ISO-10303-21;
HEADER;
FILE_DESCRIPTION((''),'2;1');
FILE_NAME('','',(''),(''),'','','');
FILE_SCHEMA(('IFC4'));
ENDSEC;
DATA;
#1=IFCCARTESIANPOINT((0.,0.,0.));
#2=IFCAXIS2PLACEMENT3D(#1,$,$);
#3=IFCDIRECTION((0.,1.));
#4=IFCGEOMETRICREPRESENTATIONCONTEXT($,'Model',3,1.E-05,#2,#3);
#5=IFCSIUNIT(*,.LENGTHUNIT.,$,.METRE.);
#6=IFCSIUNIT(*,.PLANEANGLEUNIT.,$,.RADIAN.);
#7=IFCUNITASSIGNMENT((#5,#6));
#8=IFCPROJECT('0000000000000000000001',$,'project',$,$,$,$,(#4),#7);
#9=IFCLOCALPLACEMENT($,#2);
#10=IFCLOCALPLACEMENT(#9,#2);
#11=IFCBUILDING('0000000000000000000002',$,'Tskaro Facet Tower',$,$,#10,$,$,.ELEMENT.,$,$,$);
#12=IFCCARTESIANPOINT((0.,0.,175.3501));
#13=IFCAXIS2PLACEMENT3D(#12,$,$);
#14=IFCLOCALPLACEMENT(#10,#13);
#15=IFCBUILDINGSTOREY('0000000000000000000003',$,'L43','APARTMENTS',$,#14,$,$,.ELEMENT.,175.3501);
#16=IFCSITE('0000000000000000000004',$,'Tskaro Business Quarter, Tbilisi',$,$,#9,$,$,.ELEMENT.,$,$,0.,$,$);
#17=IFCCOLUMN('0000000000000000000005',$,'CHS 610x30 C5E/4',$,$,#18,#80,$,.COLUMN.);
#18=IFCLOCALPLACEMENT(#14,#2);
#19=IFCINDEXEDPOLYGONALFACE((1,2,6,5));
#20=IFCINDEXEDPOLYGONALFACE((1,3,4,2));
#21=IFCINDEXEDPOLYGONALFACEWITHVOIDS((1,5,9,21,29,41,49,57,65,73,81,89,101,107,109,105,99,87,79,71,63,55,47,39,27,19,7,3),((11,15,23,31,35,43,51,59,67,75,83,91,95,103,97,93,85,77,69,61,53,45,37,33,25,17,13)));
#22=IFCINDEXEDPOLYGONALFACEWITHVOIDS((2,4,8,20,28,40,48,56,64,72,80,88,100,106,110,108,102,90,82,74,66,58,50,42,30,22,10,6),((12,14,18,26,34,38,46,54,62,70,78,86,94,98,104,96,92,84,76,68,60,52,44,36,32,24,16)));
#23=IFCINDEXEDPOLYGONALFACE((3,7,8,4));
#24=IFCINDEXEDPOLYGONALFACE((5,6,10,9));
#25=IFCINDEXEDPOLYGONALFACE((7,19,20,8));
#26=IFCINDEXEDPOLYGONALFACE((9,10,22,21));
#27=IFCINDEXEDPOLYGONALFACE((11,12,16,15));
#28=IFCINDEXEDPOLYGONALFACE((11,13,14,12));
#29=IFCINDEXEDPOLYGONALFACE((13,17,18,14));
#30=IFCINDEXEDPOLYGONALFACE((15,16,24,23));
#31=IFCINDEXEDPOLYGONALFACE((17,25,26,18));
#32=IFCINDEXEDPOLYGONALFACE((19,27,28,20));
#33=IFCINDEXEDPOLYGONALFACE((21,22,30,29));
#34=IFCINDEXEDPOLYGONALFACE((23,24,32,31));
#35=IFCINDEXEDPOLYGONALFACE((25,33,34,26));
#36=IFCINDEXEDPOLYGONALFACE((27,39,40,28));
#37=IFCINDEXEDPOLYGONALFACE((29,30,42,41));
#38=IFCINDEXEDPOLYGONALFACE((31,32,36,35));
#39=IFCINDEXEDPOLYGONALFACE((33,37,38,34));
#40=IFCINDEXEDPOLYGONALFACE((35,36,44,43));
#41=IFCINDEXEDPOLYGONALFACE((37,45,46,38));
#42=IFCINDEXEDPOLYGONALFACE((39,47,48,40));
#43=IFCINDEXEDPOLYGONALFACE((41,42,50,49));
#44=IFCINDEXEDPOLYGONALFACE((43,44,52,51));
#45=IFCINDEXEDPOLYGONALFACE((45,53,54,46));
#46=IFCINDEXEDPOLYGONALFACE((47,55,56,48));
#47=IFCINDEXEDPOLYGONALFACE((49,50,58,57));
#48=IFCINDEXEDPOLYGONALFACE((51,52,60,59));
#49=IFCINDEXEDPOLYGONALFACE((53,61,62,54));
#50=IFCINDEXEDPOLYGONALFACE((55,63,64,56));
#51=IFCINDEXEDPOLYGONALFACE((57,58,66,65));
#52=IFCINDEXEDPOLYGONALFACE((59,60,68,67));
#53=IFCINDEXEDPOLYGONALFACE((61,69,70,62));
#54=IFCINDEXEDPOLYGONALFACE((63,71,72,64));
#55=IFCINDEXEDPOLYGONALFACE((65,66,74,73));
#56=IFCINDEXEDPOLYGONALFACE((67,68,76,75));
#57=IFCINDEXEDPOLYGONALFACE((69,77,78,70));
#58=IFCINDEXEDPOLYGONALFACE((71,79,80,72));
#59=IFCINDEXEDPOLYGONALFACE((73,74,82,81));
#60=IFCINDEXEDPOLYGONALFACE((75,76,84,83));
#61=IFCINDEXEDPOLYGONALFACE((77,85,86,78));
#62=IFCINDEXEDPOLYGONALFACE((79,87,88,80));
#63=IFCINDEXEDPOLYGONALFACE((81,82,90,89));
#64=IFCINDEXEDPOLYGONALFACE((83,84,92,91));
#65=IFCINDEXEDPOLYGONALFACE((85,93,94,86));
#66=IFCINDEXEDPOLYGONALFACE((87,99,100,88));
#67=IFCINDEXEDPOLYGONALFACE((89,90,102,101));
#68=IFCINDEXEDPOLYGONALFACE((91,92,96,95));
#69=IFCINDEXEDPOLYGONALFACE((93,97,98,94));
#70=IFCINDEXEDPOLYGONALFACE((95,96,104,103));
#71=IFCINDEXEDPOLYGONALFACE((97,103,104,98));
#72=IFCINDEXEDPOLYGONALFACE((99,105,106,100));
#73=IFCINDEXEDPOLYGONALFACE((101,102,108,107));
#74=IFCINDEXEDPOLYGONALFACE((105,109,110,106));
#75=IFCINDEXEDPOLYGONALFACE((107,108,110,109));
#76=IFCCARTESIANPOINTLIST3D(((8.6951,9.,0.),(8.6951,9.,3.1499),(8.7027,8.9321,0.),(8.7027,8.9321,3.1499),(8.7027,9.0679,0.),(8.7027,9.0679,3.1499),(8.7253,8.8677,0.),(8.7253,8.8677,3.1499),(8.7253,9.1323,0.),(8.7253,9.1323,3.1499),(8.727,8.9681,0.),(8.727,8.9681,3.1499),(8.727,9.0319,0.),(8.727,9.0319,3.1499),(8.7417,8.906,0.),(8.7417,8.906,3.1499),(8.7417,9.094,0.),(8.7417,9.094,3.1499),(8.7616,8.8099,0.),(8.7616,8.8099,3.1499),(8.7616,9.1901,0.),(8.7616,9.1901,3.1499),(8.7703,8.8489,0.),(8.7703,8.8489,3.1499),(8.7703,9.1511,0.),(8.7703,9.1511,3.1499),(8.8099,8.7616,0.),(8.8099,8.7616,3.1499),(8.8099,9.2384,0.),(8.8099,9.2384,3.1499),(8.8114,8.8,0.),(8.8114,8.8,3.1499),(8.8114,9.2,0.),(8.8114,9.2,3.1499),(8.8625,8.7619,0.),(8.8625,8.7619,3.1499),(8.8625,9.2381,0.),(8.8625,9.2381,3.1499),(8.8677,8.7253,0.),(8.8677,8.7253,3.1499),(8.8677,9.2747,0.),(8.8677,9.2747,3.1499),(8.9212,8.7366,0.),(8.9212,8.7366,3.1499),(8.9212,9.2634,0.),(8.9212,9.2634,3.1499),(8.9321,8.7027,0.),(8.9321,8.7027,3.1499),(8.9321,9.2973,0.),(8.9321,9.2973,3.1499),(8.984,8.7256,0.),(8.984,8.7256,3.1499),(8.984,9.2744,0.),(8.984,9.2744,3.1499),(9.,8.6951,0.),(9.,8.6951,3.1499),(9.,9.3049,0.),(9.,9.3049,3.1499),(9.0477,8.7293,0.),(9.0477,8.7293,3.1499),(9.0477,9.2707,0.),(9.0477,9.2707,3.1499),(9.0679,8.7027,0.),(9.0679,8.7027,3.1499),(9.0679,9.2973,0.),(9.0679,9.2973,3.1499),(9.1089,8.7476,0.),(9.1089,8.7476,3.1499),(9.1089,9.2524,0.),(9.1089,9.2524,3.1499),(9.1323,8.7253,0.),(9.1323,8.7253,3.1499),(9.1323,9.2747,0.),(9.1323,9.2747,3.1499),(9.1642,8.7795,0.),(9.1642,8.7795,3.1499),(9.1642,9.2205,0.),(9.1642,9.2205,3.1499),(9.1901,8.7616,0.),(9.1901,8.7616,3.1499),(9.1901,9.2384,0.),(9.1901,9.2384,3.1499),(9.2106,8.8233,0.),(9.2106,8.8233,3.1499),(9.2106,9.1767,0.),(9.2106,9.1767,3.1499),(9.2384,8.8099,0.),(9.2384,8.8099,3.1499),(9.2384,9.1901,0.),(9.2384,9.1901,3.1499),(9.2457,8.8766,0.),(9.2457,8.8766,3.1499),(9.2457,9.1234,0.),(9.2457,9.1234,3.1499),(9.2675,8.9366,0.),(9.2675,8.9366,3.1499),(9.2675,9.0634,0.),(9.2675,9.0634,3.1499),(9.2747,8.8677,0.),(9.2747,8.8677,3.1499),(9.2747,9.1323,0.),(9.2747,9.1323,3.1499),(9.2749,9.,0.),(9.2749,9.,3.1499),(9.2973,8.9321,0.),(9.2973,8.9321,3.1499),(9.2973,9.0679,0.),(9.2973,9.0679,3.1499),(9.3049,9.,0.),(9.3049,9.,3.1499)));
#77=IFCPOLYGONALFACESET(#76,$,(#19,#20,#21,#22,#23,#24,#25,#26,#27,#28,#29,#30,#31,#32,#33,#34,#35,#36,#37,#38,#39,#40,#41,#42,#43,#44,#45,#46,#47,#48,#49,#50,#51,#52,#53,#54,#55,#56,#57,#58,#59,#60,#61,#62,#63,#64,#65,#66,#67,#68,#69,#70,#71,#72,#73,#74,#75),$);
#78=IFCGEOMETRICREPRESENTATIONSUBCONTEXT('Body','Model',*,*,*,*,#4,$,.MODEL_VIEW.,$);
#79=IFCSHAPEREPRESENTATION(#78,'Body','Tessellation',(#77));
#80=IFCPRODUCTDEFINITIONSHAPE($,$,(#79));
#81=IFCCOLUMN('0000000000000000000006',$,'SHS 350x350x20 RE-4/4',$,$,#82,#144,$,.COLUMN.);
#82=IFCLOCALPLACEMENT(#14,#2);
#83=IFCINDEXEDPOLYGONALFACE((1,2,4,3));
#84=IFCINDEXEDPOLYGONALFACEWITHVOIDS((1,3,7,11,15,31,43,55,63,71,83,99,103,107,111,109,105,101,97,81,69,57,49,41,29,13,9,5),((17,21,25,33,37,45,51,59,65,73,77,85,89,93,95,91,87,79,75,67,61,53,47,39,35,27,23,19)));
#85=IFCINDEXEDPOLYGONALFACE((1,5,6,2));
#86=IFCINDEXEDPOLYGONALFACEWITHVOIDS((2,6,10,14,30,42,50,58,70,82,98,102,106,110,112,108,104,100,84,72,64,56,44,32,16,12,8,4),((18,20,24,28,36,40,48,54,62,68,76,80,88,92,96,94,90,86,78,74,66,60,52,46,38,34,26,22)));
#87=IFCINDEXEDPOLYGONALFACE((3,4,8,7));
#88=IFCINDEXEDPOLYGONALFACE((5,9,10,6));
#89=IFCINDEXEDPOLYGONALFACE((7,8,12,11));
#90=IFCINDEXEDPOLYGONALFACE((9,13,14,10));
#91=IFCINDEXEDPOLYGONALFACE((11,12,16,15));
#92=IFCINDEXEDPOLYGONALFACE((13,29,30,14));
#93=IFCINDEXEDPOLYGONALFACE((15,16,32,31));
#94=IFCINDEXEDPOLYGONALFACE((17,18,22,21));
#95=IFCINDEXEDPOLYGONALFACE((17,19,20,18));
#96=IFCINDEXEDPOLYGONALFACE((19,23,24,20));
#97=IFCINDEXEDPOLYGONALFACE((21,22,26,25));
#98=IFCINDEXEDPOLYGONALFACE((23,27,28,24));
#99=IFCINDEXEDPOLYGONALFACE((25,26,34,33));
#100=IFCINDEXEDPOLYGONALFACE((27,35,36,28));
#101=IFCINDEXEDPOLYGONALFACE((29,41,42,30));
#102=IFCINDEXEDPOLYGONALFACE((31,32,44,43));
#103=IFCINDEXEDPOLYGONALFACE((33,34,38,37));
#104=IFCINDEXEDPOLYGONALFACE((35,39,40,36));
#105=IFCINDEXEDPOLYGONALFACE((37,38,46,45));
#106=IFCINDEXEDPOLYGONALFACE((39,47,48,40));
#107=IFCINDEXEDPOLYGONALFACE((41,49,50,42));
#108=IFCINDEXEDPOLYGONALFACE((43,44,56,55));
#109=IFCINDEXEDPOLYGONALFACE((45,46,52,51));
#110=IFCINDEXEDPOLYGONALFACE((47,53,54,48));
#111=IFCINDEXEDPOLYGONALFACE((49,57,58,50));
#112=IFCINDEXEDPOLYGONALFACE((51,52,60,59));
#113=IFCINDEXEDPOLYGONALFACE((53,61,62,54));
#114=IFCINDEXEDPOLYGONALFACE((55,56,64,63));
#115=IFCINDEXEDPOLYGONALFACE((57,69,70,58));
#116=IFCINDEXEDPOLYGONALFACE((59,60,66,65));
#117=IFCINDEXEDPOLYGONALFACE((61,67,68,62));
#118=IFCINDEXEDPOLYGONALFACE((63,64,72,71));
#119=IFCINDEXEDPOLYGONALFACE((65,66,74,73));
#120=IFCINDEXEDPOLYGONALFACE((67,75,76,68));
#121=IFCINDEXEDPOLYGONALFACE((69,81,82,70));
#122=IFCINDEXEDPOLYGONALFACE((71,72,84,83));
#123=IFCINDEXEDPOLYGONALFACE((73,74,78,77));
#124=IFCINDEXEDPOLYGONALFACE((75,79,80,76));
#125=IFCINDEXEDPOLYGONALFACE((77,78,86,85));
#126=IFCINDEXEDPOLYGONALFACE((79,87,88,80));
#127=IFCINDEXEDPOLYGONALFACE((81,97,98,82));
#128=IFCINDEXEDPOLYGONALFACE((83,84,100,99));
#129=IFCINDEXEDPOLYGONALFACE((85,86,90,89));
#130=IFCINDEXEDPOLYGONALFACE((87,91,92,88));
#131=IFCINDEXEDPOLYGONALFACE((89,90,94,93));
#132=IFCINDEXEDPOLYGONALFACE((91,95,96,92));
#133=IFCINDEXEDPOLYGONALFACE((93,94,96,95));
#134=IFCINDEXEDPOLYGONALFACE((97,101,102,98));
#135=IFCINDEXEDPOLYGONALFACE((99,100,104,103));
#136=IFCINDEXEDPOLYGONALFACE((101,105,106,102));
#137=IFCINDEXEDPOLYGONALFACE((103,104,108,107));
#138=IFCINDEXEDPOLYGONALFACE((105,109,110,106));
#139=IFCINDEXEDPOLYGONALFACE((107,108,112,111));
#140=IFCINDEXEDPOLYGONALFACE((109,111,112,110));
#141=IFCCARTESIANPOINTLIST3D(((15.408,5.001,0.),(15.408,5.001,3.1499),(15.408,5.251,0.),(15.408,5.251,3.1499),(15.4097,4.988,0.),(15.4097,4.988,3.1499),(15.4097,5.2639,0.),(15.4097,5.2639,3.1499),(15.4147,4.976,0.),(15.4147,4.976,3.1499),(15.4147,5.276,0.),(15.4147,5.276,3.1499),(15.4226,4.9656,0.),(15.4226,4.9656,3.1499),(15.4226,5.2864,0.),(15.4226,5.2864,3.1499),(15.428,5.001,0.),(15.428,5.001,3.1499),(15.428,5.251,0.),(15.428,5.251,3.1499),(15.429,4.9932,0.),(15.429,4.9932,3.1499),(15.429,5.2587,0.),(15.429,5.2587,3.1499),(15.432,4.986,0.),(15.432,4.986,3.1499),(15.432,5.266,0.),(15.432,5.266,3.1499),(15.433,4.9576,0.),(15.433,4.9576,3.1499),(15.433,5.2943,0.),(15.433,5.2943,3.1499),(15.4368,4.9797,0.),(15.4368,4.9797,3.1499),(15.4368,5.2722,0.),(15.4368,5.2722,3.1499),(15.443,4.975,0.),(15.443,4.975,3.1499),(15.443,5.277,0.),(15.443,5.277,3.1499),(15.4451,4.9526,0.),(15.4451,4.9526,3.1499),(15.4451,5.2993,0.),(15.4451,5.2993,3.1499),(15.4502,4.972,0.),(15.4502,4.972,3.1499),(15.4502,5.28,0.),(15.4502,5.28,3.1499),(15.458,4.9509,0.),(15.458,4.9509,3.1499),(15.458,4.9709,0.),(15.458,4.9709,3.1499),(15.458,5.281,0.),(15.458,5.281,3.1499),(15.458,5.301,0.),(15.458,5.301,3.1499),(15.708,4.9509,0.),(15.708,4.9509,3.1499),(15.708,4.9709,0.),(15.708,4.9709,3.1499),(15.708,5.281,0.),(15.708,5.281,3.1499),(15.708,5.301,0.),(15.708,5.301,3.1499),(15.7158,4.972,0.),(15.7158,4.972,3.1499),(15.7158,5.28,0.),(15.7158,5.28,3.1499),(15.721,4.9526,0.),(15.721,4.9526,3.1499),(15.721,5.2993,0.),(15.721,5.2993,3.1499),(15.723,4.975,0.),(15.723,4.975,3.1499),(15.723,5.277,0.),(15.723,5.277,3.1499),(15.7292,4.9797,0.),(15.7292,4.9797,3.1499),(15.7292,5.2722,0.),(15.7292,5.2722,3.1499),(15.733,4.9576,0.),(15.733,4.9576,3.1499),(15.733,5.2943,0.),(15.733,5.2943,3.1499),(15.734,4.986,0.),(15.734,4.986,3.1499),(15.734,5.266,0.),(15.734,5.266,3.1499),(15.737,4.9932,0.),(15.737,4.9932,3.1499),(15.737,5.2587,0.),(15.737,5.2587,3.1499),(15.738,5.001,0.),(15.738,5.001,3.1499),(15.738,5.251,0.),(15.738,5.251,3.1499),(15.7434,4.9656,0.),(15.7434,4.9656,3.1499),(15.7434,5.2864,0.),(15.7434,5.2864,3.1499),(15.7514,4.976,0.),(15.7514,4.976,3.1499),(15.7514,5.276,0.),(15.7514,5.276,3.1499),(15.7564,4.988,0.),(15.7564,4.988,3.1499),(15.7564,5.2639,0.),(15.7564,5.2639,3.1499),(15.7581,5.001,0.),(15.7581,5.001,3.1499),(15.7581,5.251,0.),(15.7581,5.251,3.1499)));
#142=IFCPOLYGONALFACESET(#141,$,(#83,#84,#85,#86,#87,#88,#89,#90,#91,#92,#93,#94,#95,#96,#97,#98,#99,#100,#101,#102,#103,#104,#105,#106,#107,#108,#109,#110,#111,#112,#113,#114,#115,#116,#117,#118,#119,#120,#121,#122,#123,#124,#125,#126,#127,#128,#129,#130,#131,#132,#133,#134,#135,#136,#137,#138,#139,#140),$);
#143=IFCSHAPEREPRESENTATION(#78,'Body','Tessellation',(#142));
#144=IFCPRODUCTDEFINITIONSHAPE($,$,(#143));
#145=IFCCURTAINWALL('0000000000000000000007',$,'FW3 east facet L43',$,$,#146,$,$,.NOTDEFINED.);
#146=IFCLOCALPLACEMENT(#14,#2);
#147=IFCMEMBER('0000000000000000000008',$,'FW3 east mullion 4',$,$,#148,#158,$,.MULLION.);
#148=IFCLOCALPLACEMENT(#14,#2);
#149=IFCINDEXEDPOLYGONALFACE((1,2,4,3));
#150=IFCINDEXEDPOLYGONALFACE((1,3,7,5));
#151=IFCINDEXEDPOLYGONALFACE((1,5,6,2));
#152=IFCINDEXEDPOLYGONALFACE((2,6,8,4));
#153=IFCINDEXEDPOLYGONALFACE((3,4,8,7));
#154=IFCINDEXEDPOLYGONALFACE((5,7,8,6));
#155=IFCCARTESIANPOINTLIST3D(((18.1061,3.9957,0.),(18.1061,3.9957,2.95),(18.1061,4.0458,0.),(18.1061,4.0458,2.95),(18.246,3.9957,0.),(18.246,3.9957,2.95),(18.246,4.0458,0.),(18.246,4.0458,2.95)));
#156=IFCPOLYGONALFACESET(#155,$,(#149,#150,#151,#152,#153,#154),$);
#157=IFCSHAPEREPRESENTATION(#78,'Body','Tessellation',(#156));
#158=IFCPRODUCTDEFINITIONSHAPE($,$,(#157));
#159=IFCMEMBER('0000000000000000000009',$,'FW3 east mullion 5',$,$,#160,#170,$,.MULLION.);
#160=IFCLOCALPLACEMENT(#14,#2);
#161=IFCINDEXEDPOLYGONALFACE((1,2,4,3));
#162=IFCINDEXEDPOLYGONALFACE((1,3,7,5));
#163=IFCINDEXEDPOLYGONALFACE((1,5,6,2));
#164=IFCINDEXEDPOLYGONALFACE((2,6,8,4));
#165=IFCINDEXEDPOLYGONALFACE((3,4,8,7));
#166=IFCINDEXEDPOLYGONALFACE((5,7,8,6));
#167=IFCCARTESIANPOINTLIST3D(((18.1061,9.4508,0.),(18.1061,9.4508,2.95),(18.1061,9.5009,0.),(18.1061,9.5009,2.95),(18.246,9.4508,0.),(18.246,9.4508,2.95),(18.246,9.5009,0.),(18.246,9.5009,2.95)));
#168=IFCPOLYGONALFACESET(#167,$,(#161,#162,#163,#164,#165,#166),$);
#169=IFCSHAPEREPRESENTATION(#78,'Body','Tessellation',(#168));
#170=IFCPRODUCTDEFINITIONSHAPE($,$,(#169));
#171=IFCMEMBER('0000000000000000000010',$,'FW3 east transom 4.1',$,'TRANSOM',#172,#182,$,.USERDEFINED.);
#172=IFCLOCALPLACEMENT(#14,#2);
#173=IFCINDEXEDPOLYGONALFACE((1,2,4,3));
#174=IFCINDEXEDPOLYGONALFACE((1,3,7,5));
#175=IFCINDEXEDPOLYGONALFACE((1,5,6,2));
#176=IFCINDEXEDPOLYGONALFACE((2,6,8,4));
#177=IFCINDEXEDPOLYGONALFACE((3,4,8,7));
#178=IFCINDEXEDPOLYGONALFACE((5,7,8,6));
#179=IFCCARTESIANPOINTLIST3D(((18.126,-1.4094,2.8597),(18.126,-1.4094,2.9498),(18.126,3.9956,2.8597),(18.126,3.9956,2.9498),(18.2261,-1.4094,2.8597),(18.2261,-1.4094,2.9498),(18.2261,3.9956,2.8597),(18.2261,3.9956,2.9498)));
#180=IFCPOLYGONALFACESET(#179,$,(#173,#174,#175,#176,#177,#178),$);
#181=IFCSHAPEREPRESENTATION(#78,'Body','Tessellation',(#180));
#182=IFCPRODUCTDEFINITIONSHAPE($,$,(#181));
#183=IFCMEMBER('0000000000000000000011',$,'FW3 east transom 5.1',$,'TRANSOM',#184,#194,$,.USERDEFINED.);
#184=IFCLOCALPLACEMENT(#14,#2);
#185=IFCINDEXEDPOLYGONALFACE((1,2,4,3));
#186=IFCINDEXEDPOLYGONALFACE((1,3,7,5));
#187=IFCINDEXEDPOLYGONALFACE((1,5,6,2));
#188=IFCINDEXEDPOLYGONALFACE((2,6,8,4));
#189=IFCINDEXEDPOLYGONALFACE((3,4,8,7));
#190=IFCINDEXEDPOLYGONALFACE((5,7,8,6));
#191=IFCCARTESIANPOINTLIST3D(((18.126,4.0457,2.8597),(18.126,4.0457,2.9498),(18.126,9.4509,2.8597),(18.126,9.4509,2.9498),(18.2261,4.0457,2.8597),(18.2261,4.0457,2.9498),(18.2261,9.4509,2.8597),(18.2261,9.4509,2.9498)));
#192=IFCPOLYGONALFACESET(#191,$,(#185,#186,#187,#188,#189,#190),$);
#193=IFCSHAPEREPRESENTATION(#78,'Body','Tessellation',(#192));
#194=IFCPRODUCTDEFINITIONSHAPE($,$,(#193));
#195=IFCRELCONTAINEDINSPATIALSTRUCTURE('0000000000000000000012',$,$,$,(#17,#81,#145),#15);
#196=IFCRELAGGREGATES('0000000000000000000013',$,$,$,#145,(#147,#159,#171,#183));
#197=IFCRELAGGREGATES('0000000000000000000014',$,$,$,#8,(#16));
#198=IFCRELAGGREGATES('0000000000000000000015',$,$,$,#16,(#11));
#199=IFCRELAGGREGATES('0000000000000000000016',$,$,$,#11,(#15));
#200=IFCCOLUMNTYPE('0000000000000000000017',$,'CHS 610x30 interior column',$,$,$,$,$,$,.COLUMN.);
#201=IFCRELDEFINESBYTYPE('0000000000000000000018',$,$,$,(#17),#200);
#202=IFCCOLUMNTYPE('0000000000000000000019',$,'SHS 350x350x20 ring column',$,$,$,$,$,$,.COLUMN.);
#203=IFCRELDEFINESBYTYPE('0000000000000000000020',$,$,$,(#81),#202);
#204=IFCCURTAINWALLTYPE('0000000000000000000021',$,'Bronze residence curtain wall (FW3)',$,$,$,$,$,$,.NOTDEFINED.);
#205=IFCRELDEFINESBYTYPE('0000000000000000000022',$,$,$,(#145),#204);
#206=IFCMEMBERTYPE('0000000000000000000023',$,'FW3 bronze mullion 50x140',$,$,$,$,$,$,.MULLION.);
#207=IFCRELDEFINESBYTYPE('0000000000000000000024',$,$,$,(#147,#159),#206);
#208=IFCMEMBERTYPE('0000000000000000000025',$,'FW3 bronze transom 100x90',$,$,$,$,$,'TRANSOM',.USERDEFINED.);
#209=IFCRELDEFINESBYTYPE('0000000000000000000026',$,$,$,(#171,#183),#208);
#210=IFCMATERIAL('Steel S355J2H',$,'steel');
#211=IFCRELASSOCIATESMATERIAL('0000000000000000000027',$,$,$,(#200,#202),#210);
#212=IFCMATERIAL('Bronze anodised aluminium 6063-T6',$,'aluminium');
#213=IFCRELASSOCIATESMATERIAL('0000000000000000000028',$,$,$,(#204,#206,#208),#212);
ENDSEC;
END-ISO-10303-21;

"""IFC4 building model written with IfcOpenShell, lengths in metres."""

from ifc_helpers import new_model, si_unit, direction, frame, origin, origin_2d, place, context, subcontext, project, spatial, rectangle, hollow_rectangle, hollow_circle, extrude, material, material_profile, profile_set, type_object, element, aggregate, save


model = new_model("IFC4")

# Units and contexts
model_context = context("Model", 3, precision=1e-05, world=origin(), true_north=direction((0.0, 1.0)))
body_context = subcontext(model_context, "Body", "Model", "MODEL_VIEW")
ifc_project = project(units=[si_unit("LENGTHUNIT", "METRE"), si_unit("PLANEANGLEUNIT", "RADIAN")], contexts=[model_context])

# Site, building, storey
site_placement = place(None, origin())
site = spatial("IfcSite", under=ifc_project, at=site_placement, Name="Tskaro Business Quarter, Tbilisi", CompositionType="ELEMENT", RefElevation=0.0)
building_placement = place(site_placement, origin())
building = spatial("IfcBuilding", under=site, at=building_placement, Name="Tskaro Facet Tower", CompositionType="ELEMENT")
storey_placement = place(building_placement, frame((0.0, 0.0, 175.3501)))
storey = spatial("IfcBuildingStorey", under=building, at=storey_placement, Name="L43", Description="APARTMENTS", CompositionType="ELEMENT", Elevation=175.3501)

# Columns
ifc_material_1 = material(Name="Steel S355J2H", Category="steel")
ifc_material_profile_1 = material_profile(ifc_material_1, hollow_circle(Radius=0.3049, WallThickness=0.03, at=origin_2d()), Name="CHS 610x30")
ifc_profile_set_1 = profile_set([ifc_material_profile_1], Name="Steel S355J2H")
column_type_1 = type_object("IfcColumnType", Name="CHS 610x30 interior column", PredefinedType="COLUMN", material=ifc_profile_set_1)
column_1_placement = place(storey_placement, frame((9.0, 9.0, 0.0), z_axis=(0.0, 0.0, 1.0), x_axis=(1.0, 0.0, 0.0)))
element("IfcColumn", 1, at=column_1_placement, inside=storey, type_object=column_type_1, Name="CHS 610x30 C5E/4", PredefinedType="COLUMN", context=body_context, shape_type="SweptSolid", body=[
    extrude(hollow_circle(Radius=0.3049, WallThickness=0.03, at=origin_2d()), origin(), (0.0, 0.0, 1.0), 3.1499),
])
ifc_material_profile_2 = material_profile(ifc_material_1, hollow_rectangle(XDim=0.3501, YDim=0.3501, WallThickness=0.02, InnerFilletRadius=0.03, OuterFilletRadius=0.05, at=origin_2d()), Name="SHS 350x350x20")
ifc_profile_set_2 = profile_set([ifc_material_profile_2], Name="Steel S355J2H")
column_type_2 = type_object("IfcColumnType", Name="SHS 350x350x20 ring column", PredefinedType="COLUMN", material=ifc_profile_set_2)
column_2_placement = place(storey_placement, frame((15.583, 5.126, 0.0), z_axis=(0.0, 0.0, 1.0), x_axis=(1.0, 0.0, 0.0)))
element("IfcColumn", 2, at=column_2_placement, inside=storey, type_object=column_type_2, Name="SHS 350x350x20 RE-4/4", PredefinedType="COLUMN", context=body_context, shape_type="SweptSolid", body=[
    extrude(hollow_rectangle(XDim=0.3501, YDim=0.3501, WallThickness=0.02, InnerFilletRadius=0.03, OuterFilletRadius=0.05, at=origin_2d()), origin(), (0.0, 0.0, 1.0), 3.1499),
])

# Curtain wall, members
ifc_material_2 = material(Name="Bronze anodised aluminium 6063-T6", Category="aluminium")
curtain_wall_type = type_object("IfcCurtainWallType", Name="Bronze residence curtain wall (FW3)", PredefinedType="NOTDEFINED", material=ifc_material_2)
curtain_wall_placement = place(storey_placement, origin())
curtain_wall = element("IfcCurtainWall", 3, at=curtain_wall_placement, inside=storey, type_object=curtain_wall_type, Name="FW3 east facet L43", PredefinedType="NOTDEFINED")
ifc_material_profile_3 = material_profile(ifc_material_2, rectangle(XDim=0.05, YDim=0.1399, at=origin_2d()), Name="Mullion 50x140")
ifc_profile_set_3 = profile_set([ifc_material_profile_3], Name="Bronze anodised aluminium 6063-T6")
member_type_1 = type_object("IfcMemberType", Name="FW3 bronze mullion 50x140", PredefinedType="MULLION", material=ifc_profile_set_3)
member_1_placement = place(storey_placement, frame((18.176, 4.0208, 0.0), z_axis=(0.0, 0.0, 1.0), x_axis=(0.0, 1.0, 0.0)))
member_1 = element("IfcMember", 4, at=member_1_placement, type_object=member_type_1, Name="FW3 east mullion 4", PredefinedType="MULLION", context=body_context, shape_type="SweptSolid", body=[
    extrude(rectangle(XDim=0.05, YDim=0.1399, at=origin_2d()), origin(), (0.0, 0.0, 1.0), 2.95),
])
member_2_placement = place(storey_placement, frame((18.176, 9.4758, 0.0), z_axis=(0.0, 0.0, 1.0), x_axis=(0.0, 1.0, 0.0)))
member_2 = element("IfcMember", 5, at=member_2_placement, type_object=member_type_1, Name="FW3 east mullion 5", PredefinedType="MULLION", context=body_context, shape_type="SweptSolid", body=[
    extrude(rectangle(XDim=0.05, YDim=0.1399, at=origin_2d()), origin(), (0.0, 0.0, 1.0), 2.95),
])
ifc_material_profile_4 = material_profile(ifc_material_2, rectangle(XDim=0.1001, YDim=0.0901, at=origin_2d()), Name="Transom 100x90")
ifc_profile_set_4 = profile_set([ifc_material_profile_4], Name="Bronze anodised aluminium 6063-T6")
member_type_2 = type_object("IfcMemberType", Name="FW3 bronze transom 100x90", ElementType="TRANSOM", PredefinedType="USERDEFINED", material=ifc_profile_set_4)
member_3_placement = place(storey_placement, frame((18.176, -1.4094, 2.9048), z_axis=(0.0, 1.0, 0.0), x_axis=(-1.0, 0.0, 0.0)))
member_3 = element("IfcMember", 6, at=member_3_placement, type_object=member_type_2, Name="FW3 east transom 4.1", ObjectType="TRANSOM", PredefinedType="USERDEFINED", context=body_context, shape_type="SweptSolid", body=[
    extrude(rectangle(XDim=0.1001, YDim=0.0901, at=origin_2d()), origin(), (0.0, 0.0, 1.0), 5.405),
])
member_4_placement = place(storey_placement, frame((18.176, 4.0457, 2.9048), z_axis=(0.0, 1.0, 0.0), x_axis=(-1.0, 0.0, 0.0)))
member_4 = element("IfcMember", 7, at=member_4_placement, type_object=member_type_2, Name="FW3 east transom 5.1", ObjectType="TRANSOM", PredefinedType="USERDEFINED", context=body_context, shape_type="SweptSolid", body=[
    extrude(rectangle(XDim=0.1001, YDim=0.0901, at=origin_2d()), origin(), (0.0, 0.0, 1.0), 5.4053),
])

aggregate(curtain_wall, [member_1, member_2, member_3, member_4])

save(model, "model.ifc")
